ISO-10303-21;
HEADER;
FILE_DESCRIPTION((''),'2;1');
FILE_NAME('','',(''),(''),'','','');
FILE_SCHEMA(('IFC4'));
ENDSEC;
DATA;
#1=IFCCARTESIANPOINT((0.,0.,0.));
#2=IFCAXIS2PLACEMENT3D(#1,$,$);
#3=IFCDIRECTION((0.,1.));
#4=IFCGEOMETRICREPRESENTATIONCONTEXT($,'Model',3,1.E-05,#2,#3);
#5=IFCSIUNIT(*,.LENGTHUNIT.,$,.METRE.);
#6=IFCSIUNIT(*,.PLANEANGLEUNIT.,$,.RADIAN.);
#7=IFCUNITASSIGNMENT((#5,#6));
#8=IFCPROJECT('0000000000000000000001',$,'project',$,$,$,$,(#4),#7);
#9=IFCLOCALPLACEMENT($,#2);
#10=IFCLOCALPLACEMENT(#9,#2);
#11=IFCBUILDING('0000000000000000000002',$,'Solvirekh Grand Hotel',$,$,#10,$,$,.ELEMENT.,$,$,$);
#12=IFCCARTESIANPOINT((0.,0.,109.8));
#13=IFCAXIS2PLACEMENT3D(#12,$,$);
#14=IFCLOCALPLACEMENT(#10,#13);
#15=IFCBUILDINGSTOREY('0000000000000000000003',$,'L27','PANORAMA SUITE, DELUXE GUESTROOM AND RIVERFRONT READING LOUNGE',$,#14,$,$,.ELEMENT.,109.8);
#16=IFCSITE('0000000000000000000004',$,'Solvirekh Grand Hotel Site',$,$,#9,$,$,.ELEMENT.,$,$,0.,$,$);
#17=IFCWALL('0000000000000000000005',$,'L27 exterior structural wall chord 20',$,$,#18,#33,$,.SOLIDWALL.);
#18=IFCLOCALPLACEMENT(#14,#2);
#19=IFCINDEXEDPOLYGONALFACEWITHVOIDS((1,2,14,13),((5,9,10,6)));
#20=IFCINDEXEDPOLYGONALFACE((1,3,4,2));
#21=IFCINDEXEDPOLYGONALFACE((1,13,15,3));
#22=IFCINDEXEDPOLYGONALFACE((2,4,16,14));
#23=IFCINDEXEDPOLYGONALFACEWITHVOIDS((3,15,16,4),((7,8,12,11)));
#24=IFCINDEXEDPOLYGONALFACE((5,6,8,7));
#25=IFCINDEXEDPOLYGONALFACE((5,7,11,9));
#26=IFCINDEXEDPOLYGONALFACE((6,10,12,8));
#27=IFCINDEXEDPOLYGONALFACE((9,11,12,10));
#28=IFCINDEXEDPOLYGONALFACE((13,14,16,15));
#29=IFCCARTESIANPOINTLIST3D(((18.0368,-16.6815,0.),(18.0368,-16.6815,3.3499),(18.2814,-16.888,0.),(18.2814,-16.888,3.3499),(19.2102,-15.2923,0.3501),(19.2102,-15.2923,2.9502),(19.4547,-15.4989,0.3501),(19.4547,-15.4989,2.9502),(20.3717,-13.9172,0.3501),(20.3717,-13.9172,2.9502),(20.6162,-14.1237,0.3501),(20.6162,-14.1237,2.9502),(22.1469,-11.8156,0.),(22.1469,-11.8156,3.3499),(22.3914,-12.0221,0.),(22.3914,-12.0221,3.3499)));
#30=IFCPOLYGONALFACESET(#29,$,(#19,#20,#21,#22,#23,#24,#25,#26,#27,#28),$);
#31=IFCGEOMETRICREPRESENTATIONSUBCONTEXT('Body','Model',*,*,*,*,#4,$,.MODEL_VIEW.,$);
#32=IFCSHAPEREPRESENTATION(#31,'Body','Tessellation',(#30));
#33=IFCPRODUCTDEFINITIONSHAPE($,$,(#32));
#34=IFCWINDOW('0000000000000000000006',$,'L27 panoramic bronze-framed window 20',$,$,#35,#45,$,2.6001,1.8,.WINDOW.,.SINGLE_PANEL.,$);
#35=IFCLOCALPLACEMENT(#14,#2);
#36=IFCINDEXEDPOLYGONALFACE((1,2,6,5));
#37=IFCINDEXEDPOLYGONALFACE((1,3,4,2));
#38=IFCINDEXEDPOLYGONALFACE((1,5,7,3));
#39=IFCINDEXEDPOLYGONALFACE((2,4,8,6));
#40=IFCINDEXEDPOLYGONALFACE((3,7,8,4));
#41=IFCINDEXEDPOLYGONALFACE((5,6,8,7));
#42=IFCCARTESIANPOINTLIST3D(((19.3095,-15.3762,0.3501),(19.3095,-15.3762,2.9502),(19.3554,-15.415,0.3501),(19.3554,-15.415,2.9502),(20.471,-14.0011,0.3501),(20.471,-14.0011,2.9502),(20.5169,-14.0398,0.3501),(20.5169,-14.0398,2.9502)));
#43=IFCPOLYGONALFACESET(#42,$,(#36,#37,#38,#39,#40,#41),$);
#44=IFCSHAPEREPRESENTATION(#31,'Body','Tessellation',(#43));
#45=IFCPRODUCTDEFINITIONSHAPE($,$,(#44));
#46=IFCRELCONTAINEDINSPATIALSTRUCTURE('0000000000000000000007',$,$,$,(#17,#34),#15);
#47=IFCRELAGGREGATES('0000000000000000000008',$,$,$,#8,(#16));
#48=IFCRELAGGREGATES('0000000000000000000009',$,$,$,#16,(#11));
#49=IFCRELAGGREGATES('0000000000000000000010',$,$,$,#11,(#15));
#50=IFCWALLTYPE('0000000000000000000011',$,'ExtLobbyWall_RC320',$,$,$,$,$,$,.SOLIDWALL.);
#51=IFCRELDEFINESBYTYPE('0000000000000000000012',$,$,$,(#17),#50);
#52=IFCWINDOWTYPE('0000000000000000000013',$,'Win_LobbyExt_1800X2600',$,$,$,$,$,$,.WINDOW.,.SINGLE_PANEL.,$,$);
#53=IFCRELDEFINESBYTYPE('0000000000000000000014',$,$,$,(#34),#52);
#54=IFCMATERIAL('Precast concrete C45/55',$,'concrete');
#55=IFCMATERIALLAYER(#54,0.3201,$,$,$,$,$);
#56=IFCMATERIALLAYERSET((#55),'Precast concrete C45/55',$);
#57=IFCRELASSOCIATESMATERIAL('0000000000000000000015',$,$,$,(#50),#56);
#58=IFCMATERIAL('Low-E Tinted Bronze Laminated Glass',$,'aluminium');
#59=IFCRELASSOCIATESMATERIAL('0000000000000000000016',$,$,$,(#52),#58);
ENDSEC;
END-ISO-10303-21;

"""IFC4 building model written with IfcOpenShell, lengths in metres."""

from ifc_helpers import new_model, si_unit, direction, frame, frame_2d, origin, place, context, subcontext, project, spatial, rectangle, extrude, material, layer, layer_set, type_object, element, fill, save


model = new_model("IFC4")

# Units and contexts
model_context = context("Model", 3, precision=1e-05, world=origin(), true_north=direction((0.0, 1.0)))
body_context = subcontext(model_context, "Body", "Model", "MODEL_VIEW")
ifc_project = project(units=[si_unit("LENGTHUNIT", "METRE"), si_unit("PLANEANGLEUNIT", "RADIAN")], contexts=[model_context])

# Site, building, storey
site_placement = place(None, origin())
site = spatial("IfcSite", under=ifc_project, at=site_placement, Name="Solvirekh Grand Hotel Site", CompositionType="ELEMENT", RefElevation=0.0)
building_placement = place(site_placement, origin())
building = spatial("IfcBuilding", under=site, at=building_placement, Name="Solvirekh Grand Hotel", CompositionType="ELEMENT")
storey_placement = place(building_placement, frame((0.0, 0.0, 109.8)))
storey = spatial("IfcBuildingStorey", under=building, at=storey_placement, Name="L27", Description="PANORAMA SUITE, DELUXE GUESTROOM AND RIVERFRONT READING LOUNGE", CompositionType="ELEMENT", Elevation=109.8)

# Shared definitions
ifc_material_1 = material(Name="Low-E Tinted Bronze Laminated Glass", Category="aluminium")

# Wall, opening, window
ifc_material_2 = material(Name="Precast concrete C45/55", Category="concrete")
ifc_layer_1 = layer(ifc_material_2, 0.3201)
ifc_layer_set_1 = layer_set([ifc_layer_1], Name="Precast concrete C45/55")
wall_type = type_object("IfcWallType", Name="ExtLobbyWall_RC320", PredefinedType="SOLIDWALL", material=ifc_layer_set_1)
window_type = type_object("IfcWindowType", Name="Win_LobbyExt_1800X2600", PartitioningType="SINGLE_PANEL", PredefinedType="WINDOW", material=ifc_material_1)
wall_1_placement = place(storey_placement, frame((22.269, -11.9189, 0.0), z_axis=(0.0, 0.0, 1.0), x_axis=(-0.645279, -0.763947, 0.0)))
wall_1 = element("IfcWall", 1, at=wall_1_placement, inside=storey, type_object=wall_type, Name="L27 exterior structural wall chord 20", PredefinedType="SOLIDWALL", context=body_context, shape_type="SweptSolid", body=[
    extrude(rectangle(XDim=6.3694, YDim=0.3201, at=frame_2d((3.1846, 0.0))), origin(), (0.0, 0.0, 1.0), 3.3499),
])
opening_1_placement = place(wall_1_placement, frame((2.751, 0.0, 0.3501)))
opening_1 = element("IfcOpeningElement", 2, at=opening_1_placement, cuts=wall_1, PredefinedType="OPENING", context=body_context, shape_type="SweptSolid", body=[
    extrude(rectangle(XDim=1.8, YDim=2.6001, at=frame_2d((0.8999, 1.3))), frame((0.0, 0.1699, 0.0), z_axis=(0.0, -1.0, 0.0), x_axis=(1.0, 0.0, 0.0)), (0.0, 0.0, 1.0), 0.3401),
])
window_1_placement = place(opening_1_placement, origin())
window_1 = element("IfcWindow", 3, at=window_1_placement, inside=storey, type_object=window_type, Name="L27 panoramic bronze-framed window 20", OverallHeight=2.6001, OverallWidth=1.8, PartitioningType="SINGLE_PANEL", PredefinedType="WINDOW", context=body_context, shape_type="SweptSolid", body=[
    extrude(rectangle(XDim=1.8, YDim=2.6001, at=frame_2d((0.8999, 1.3))), frame((0.0, 0.03, 0.0), z_axis=(0.0, -1.0, 0.0), x_axis=(1.0, 0.0, 0.0)), (0.0, 0.0, 1.0), 0.0601),
])
fill(opening_1, window_1)

save(model, "model.ifc")
